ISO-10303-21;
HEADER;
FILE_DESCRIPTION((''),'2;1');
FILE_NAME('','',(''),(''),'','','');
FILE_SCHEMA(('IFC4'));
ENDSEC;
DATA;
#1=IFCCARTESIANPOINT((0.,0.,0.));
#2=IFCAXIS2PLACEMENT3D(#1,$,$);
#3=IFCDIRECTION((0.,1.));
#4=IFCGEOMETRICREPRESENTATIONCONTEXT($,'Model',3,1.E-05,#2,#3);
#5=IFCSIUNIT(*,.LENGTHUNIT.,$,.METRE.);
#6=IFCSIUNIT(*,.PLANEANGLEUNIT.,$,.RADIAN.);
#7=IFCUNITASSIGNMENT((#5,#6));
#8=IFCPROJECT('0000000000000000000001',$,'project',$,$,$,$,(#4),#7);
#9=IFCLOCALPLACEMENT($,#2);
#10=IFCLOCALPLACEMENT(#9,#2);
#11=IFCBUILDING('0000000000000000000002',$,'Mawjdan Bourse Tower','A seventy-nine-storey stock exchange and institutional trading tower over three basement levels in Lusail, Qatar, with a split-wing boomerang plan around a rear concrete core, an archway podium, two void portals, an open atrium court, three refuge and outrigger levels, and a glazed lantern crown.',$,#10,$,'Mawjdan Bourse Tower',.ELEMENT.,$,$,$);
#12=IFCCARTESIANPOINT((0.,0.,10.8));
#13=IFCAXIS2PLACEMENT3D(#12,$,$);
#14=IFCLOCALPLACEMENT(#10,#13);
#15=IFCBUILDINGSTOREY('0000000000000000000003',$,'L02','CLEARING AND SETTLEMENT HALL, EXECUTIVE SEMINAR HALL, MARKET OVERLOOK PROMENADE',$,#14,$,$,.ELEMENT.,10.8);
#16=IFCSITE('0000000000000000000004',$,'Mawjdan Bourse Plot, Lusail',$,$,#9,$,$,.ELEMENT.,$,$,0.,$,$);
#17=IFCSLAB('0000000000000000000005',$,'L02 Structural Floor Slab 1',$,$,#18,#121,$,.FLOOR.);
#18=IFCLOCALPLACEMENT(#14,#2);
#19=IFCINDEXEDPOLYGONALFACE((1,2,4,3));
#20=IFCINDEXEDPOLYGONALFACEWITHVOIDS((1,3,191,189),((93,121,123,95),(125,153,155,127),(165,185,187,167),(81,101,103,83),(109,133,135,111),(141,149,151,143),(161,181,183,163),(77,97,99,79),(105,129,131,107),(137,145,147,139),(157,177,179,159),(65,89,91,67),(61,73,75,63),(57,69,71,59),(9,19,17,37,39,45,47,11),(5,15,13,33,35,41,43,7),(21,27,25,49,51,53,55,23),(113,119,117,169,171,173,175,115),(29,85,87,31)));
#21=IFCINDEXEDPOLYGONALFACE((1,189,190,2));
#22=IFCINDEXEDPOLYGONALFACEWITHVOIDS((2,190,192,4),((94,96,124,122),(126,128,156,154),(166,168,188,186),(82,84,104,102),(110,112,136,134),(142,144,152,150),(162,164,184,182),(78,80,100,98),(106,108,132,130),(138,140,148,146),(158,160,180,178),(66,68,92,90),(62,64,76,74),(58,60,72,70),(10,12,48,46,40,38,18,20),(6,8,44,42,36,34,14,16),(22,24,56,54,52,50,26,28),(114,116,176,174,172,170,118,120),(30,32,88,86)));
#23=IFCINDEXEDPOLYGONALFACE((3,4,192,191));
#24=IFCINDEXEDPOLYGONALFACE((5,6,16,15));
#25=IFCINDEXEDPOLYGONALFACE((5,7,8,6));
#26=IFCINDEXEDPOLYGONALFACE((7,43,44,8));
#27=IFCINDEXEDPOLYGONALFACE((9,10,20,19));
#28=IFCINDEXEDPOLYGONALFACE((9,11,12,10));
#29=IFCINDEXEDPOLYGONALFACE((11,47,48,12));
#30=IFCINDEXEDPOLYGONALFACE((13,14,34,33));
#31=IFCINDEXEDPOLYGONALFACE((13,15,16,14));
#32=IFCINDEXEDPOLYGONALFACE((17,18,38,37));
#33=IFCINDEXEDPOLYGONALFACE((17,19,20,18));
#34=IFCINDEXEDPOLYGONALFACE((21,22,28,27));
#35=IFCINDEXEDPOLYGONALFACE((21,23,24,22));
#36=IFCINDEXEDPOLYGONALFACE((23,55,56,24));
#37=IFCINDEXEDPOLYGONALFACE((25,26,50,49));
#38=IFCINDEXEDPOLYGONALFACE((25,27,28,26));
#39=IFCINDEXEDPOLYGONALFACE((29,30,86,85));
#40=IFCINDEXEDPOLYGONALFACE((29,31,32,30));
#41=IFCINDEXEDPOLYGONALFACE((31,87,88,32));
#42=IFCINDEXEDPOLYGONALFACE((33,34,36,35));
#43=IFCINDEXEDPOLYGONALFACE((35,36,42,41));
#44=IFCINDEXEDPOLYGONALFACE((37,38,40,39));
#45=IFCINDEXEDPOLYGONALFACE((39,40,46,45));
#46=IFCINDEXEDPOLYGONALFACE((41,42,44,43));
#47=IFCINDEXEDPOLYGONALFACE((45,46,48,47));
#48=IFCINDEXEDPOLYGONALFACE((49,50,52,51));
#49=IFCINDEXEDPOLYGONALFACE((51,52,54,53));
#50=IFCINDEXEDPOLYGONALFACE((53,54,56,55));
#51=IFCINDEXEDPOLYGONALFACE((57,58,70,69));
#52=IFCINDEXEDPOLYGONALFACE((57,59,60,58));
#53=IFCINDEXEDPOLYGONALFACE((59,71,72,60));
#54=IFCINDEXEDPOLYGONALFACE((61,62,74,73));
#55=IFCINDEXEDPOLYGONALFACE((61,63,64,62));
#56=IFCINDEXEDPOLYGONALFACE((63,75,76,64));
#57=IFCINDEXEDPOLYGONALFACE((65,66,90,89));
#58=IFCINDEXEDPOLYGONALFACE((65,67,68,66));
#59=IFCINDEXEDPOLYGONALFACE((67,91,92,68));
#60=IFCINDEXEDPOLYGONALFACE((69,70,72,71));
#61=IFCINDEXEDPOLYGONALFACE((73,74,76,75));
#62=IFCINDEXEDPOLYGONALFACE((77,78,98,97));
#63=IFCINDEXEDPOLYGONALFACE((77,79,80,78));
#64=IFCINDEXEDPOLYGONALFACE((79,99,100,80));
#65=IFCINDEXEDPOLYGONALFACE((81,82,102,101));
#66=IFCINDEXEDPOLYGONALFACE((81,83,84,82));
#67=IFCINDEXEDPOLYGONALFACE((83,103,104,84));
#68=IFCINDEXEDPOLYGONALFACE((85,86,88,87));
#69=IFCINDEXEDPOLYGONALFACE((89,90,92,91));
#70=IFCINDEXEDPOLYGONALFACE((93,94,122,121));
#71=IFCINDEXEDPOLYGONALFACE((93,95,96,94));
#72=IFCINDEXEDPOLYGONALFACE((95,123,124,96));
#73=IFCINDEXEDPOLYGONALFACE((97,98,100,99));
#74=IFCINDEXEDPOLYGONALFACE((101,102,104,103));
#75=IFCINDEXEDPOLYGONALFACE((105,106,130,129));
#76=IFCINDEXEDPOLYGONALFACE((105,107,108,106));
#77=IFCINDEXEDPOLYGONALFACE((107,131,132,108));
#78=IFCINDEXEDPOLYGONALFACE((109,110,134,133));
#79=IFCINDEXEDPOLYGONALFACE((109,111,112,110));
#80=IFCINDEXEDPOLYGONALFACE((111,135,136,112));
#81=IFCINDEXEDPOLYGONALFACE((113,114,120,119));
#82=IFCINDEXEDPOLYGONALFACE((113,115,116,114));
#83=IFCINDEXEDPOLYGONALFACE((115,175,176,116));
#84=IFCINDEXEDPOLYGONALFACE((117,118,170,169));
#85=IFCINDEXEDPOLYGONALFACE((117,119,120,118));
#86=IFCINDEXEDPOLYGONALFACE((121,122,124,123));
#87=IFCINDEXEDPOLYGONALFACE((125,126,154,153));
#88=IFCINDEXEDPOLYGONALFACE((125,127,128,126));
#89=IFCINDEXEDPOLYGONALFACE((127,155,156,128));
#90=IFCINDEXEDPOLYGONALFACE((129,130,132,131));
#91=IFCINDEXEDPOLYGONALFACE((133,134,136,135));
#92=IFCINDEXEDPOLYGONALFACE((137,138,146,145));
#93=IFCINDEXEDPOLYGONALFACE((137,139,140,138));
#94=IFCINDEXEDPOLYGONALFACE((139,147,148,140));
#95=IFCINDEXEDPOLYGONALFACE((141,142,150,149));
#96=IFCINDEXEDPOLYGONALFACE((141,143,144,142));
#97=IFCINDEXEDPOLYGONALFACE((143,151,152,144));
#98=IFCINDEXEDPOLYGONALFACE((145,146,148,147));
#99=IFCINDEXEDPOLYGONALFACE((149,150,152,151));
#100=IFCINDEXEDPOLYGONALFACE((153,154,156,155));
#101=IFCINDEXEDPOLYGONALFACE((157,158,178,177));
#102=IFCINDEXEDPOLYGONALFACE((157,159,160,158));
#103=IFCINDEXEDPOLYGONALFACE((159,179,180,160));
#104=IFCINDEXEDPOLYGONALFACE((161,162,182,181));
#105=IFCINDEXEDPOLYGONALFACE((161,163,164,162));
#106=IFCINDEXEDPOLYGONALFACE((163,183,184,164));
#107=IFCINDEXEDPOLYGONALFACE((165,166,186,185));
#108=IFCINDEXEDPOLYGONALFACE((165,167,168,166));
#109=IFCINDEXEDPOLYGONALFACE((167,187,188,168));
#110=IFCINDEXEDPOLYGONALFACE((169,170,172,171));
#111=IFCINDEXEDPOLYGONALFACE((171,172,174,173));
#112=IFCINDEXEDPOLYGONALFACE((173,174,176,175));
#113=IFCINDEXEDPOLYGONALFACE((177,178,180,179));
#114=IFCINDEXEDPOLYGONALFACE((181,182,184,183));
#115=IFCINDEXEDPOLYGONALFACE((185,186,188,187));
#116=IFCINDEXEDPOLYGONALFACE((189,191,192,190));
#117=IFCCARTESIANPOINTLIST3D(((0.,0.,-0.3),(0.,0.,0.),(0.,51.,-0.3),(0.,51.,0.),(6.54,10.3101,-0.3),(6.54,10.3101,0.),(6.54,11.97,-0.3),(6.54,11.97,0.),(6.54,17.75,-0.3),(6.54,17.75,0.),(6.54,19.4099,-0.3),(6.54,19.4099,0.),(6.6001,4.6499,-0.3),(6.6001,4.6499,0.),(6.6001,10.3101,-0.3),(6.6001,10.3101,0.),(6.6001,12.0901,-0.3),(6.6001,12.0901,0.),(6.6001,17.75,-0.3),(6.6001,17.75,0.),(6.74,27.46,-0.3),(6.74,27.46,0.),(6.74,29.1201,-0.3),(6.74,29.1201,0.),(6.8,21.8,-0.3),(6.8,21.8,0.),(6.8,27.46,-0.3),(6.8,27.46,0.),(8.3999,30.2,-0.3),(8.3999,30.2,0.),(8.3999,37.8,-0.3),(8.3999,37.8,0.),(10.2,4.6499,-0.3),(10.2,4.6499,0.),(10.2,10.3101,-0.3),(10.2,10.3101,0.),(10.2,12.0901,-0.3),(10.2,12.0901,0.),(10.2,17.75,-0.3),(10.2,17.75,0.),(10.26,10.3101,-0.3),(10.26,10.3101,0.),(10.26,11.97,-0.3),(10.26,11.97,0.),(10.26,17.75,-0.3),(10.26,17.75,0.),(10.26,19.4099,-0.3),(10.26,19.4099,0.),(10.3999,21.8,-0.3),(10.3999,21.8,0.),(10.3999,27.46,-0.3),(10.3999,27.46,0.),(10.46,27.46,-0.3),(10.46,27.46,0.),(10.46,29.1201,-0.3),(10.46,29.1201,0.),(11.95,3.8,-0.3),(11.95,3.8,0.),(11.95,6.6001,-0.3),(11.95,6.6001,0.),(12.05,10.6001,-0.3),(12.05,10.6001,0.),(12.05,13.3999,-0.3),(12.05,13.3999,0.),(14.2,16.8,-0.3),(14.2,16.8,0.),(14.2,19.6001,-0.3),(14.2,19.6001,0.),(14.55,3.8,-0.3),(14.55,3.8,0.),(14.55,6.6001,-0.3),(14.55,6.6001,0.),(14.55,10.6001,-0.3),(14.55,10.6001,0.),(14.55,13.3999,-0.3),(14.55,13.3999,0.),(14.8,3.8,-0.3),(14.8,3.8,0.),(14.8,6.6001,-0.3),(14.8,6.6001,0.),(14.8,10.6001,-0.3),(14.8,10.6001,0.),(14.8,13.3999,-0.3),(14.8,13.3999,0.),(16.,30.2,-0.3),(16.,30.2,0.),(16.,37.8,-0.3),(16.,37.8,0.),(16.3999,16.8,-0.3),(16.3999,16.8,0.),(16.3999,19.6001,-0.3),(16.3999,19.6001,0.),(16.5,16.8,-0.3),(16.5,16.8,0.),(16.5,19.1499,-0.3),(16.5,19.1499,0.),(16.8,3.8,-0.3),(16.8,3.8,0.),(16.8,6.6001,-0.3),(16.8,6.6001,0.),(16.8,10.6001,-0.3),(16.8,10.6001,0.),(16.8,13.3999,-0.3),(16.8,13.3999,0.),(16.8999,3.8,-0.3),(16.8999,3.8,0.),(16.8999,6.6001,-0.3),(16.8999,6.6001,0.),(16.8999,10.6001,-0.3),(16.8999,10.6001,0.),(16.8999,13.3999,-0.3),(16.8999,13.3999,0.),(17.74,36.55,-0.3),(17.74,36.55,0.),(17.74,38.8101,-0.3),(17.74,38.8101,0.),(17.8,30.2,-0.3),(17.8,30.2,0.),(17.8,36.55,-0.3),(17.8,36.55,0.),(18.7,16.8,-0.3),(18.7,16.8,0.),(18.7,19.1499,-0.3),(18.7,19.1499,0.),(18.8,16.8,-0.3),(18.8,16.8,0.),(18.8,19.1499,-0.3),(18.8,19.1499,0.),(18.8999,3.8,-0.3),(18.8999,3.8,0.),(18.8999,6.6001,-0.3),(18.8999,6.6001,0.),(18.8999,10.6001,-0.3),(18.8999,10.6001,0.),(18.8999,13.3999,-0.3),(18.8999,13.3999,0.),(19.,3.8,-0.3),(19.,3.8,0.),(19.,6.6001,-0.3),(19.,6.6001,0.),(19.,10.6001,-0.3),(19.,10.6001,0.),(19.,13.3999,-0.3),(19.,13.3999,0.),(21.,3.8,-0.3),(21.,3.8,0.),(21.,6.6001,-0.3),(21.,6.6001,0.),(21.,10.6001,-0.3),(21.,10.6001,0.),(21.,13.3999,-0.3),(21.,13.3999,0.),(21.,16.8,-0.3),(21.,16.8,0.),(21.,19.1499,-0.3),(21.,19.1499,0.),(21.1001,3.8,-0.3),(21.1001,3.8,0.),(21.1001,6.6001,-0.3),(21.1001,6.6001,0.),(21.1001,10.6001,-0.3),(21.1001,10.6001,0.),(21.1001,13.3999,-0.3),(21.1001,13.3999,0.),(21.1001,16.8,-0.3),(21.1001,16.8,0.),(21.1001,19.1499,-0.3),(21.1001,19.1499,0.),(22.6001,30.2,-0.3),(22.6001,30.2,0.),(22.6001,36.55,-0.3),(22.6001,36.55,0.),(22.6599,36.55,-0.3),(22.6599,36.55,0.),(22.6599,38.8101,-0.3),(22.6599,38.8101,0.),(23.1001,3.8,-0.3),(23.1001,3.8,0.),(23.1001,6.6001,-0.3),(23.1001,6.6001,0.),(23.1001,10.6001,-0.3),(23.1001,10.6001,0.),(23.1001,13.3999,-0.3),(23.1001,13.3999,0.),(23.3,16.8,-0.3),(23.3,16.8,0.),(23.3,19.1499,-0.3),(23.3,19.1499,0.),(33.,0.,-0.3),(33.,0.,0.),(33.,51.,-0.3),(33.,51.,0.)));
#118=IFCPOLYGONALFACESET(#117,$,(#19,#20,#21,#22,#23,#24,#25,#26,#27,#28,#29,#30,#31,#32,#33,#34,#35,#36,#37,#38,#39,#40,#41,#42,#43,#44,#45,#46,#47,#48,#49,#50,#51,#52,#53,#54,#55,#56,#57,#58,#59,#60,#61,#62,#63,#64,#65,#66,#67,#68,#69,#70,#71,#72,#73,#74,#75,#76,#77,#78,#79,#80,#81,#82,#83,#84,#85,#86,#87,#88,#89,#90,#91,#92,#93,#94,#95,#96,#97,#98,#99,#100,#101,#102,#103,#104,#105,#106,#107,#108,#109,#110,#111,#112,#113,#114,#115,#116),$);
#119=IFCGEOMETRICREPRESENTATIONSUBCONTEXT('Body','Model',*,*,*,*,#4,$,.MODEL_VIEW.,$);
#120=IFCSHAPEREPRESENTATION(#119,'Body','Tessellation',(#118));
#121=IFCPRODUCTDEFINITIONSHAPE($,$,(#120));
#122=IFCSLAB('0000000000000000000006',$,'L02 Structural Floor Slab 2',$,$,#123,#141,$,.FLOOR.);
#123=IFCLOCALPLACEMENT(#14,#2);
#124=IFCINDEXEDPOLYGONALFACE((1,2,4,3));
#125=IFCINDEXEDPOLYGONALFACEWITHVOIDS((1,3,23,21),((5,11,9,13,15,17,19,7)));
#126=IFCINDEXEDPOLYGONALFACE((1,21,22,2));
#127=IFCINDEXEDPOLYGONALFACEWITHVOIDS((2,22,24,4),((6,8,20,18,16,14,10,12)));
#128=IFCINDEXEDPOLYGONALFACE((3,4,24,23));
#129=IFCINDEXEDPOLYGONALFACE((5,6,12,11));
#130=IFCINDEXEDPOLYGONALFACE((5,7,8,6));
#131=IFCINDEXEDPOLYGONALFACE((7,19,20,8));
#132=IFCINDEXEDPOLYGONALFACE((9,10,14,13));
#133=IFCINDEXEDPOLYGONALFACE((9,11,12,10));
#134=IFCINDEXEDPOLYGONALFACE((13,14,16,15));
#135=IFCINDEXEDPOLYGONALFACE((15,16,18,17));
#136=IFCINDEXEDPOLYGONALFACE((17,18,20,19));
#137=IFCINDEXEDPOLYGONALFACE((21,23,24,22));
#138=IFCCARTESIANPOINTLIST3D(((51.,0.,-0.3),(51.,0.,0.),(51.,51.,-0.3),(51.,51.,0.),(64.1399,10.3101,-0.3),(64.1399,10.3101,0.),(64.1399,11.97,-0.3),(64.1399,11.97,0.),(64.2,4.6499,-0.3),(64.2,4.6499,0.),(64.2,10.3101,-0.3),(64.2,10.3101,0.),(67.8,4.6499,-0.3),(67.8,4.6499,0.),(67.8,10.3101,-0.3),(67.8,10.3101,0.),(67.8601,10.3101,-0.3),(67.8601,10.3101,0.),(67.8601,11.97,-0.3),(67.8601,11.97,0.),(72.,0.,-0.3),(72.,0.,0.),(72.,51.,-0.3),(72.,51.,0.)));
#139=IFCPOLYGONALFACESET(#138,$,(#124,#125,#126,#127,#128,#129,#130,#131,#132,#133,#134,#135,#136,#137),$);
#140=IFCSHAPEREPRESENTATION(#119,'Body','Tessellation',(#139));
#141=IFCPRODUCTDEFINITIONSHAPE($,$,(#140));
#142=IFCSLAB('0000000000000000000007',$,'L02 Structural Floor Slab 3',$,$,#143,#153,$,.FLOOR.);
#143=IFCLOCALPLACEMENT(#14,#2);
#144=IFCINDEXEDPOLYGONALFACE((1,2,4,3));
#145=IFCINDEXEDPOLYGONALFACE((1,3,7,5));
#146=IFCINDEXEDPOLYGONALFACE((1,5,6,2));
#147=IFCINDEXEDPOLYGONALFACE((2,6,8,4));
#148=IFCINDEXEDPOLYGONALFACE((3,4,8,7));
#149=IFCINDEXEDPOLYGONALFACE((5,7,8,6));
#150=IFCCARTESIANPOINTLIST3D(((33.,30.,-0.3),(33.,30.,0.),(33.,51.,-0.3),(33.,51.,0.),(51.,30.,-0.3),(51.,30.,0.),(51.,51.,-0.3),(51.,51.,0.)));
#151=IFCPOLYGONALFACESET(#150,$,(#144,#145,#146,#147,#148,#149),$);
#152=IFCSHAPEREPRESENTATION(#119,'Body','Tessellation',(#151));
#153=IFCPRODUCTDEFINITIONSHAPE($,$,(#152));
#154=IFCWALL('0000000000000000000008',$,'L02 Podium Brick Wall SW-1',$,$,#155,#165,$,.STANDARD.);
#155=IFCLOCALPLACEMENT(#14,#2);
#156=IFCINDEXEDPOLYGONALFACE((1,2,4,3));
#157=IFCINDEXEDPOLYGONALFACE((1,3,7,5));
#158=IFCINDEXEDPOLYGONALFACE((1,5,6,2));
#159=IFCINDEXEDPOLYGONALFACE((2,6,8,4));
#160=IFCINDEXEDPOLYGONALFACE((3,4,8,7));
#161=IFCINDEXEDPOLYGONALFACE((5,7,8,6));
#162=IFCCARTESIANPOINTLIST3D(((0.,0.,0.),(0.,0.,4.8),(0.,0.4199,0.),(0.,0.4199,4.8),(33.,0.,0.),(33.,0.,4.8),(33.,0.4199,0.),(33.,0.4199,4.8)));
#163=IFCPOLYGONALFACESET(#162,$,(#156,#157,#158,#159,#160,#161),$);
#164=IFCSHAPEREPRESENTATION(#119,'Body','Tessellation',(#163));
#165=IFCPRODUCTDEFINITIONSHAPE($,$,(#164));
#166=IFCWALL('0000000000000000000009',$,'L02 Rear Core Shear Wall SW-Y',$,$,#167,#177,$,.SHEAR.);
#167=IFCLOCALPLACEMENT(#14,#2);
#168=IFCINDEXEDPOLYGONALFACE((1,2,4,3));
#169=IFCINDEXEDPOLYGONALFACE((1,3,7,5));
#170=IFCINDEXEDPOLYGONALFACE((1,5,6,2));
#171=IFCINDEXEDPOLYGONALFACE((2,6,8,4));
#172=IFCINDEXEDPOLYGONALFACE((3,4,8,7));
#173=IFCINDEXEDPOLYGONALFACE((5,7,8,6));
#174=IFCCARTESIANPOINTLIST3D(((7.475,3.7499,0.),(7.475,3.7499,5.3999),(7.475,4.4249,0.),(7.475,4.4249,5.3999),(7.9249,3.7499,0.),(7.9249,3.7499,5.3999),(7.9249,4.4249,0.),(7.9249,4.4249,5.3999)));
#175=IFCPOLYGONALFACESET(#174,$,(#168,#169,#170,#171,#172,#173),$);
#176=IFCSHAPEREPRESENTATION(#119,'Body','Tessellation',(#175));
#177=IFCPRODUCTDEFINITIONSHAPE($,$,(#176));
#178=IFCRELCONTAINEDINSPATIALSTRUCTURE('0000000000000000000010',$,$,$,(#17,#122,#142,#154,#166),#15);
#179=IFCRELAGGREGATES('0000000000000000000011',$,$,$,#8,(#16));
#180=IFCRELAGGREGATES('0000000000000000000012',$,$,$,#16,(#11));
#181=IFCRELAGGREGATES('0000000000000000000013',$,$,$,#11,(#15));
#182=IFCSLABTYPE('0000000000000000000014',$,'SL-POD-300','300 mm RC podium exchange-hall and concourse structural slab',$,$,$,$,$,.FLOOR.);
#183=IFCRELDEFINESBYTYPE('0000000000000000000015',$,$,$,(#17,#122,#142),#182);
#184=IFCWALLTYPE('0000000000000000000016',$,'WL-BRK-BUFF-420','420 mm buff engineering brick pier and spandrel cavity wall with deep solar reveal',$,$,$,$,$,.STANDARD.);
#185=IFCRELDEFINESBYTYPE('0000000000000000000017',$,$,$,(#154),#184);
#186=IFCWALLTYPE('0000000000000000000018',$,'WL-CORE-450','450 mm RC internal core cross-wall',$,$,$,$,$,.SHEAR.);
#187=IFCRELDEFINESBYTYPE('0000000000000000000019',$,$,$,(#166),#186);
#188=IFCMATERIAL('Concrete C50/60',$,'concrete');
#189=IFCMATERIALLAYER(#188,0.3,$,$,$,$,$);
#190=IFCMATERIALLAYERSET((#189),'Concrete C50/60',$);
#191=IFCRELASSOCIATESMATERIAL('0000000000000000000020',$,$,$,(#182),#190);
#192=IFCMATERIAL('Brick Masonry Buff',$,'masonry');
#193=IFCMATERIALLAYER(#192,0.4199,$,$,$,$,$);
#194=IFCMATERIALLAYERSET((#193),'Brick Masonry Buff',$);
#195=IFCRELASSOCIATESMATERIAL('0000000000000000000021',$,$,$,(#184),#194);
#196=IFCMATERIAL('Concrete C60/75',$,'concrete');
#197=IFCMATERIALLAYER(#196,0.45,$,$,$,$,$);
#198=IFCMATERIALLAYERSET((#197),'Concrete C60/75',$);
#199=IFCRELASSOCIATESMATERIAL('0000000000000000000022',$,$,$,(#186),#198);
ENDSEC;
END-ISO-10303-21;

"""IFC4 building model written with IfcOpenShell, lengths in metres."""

from ifc_helpers import new_model, si_unit, direction, frame, frame_2d, origin, place, context, subcontext, project, spatial, polyline, rectangle, outline, extrude, material, layer, layer_set, type_object, element, save


model = new_model("IFC4")

# Units and contexts
model_context = context("Model", 3, precision=1e-05, world=origin(), true_north=direction((0.0, 1.0)))
body_context = subcontext(model_context, "Body", "Model", "MODEL_VIEW")
ifc_project = project(units=[si_unit("LENGTHUNIT", "METRE"), si_unit("PLANEANGLEUNIT", "RADIAN")], contexts=[model_context])

# Site, building, storey
site_placement = place(None, origin())
site = spatial("IfcSite", under=ifc_project, at=site_placement, Name="Mawjdan Bourse Plot, Lusail", CompositionType="ELEMENT", RefElevation=0.0)
building_placement = place(site_placement, origin())
building = spatial("IfcBuilding", under=site, at=building_placement, Name="Mawjdan Bourse Tower", Description="A seventy-nine-storey stock exchange and institutional trading tower over three basement levels in Lusail, Qatar, with a split-wing boomerang plan around a rear concrete core, an archway podium, two void portals, an open atrium court, three refuge and outrigger levels, and a glazed lantern crown.", LongName="Mawjdan Bourse Tower", CompositionType="ELEMENT")
storey_placement = place(building_placement, frame((0.0, 0.0, 10.8)))
storey = spatial("IfcBuildingStorey", under=building, at=storey_placement, Name="L02", Description="CLEARING AND SETTLEMENT HALL, EXECUTIVE SEMINAR HALL, MARKET OVERLOOK PROMENADE", CompositionType="ELEMENT", Elevation=10.8)

# Shared definitions
ifc_material_1 = material(Name="Concrete C50/60", Category="concrete")

# Slabs
ifc_layer_1 = layer(ifc_material_1, 0.3)
ifc_layer_set_1 = layer_set([ifc_layer_1], Name="Concrete C50/60")
slab_type_1 = type_object("IfcSlabType", Name="SL-POD-300", Description="300 mm RC podium exchange-hall and concourse structural slab", PredefinedType="FLOOR", material=ifc_layer_set_1)
slab_1_placement = place(storey_placement, frame((0.0, 0.0, -0.3)))
element("IfcSlab", 1, at=slab_1_placement, inside=storey, type_object=slab_type_1, Name="L02 Structural Floor Slab 1", PredefinedType="FLOOR", context=body_context, shape_type="SweptSolid", body=[
    extrude(outline(polyline([(0.0, 0.0), (33.0, 0.0), (33.0, 51.0), (0.0, 51.0), (0.0, 0.0)]), holes=[polyline([(11.95, 3.8), (11.95, 6.6001), (14.55, 6.6001), (14.55, 3.8), (11.95, 3.8)]), polyline([(14.8, 3.8), (14.8, 6.6001), (16.8, 6.6001), (16.8, 3.8), (14.8, 3.8)]), polyline([(10.26, 11.97), (10.26, 10.3101), (10.2, 10.3101), (10.2, 4.6499), (6.6001, 4.6499), (6.6001, 10.3101), (6.54, 10.3101), (6.54, 11.97), (10.26, 11.97)]), polyline([(12.05, 13.3999), (14.55, 13.3999), (14.55, 10.6001), (12.05, 10.6001), (12.05, 13.3999)]), polyline([(14.8, 10.6001), (14.8, 13.3999), (16.8, 13.3999), (16.8, 10.6001), (14.8, 10.6001)]), polyline([(6.6001, 17.75), (6.54, 17.75), (6.54, 19.4099), (10.26, 19.4099), (10.26, 17.75), (10.2, 17.75), (10.2, 12.0901), (6.6001, 12.0901), (6.6001, 17.75)]), polyline([(14.2, 19.6001), (16.3999, 19.6001), (16.3999, 16.8), (14.2, 16.8), (14.2, 19.6001)]), polyline([(10.46, 27.46), (10.3999, 27.46), (10.3999, 21.8), (6.8, 21.8), (6.8, 27.46), (6.74, 27.46), (6.74, 29.1201), (10.46, 29.1201), (10.46, 27.46)]), polyline([(8.3999, 30.2), (8.3999, 37.8), (16.0, 37.8), (16.0, 30.2), (8.3999, 30.2)]), polyline([(16.8999, 6.6001), (18.8999, 6.6001), (18.8999, 3.8), (16.8999, 3.8), (16.8999, 6.6001)]), polyline([(19.0, 6.6001), (21.0, 6.6001), (21.0, 3.8), (19.0, 3.8), (19.0, 6.6001)]), polyline([(21.1001, 3.8), (21.1001, 6.6001), (23.1001, 6.6001), (23.1001, 3.8), (21.1001, 3.8)]), polyline([(16.8999, 13.3999), (18.8999, 13.3999), (18.8999, 10.6001), (16.8999, 10.6001), (16.8999, 13.3999)]), polyline([(19.0, 13.3999), (21.0, 13.3999), (21.0, 10.6001), (19.0, 10.6001), (19.0, 13.3999)]), polyline([(21.1001, 10.6001), (21.1001, 13.3999), (23.1001, 13.3999), (23.1001, 10.6001), (21.1001, 10.6001)]), polyline([(16.5, 19.1499), (18.7, 19.1499), (18.7, 16.8), (16.5, 16.8), (16.5, 19.1499)]), polyline([(18.8, 19.1499), (21.0, 19.1499), (21.0, 16.8), (18.8, 16.8), (18.8, 19.1499)]), polyline([(21.1001, 16.8), (21.1001, 19.1499), (23.3, 19.1499), (23.3, 16.8), (21.1001, 16.8)]), polyline([(22.6599, 36.55), (22.6001, 36.55), (22.6001, 30.2), (17.8, 30.2), (17.8, 36.55), (17.74, 36.55), (17.74, 38.8101), (22.6599, 38.8101), (22.6599, 36.55)])]), origin(), (0.0, 0.0, 1.0), 0.3),
])
slab_2_placement = place(storey_placement, frame((0.0, 0.0, -0.3)))
element("IfcSlab", 2, at=slab_2_placement, inside=storey, type_object=slab_type_1, Name="L02 Structural Floor Slab 2", PredefinedType="FLOOR", context=body_context, shape_type="SweptSolid", body=[
    extrude(outline(polyline([(51.0, 0.0), (72.0, 0.0), (72.0, 51.0), (51.0, 51.0), (51.0, 0.0)]), holes=[polyline([(64.2, 10.3101), (64.1399, 10.3101), (64.1399, 11.97), (67.8601, 11.97), (67.8601, 10.3101), (67.8, 10.3101), (67.8, 4.6499), (64.2, 4.6499), (64.2, 10.3101)])]), origin(), (0.0, 0.0, 1.0), 0.3),
])
slab_3_placement = place(storey_placement, frame((0.0, 0.0, -0.3)))
element("IfcSlab", 3, at=slab_3_placement, inside=storey, type_object=slab_type_1, Name="L02 Structural Floor Slab 3", PredefinedType="FLOOR", context=body_context, shape_type="SweptSolid", body=[
    extrude(outline(polyline([(33.0, 30.0), (51.0, 30.0), (51.0, 51.0), (33.0, 51.0), (33.0, 30.0)])), origin(), (0.0, 0.0, 1.0), 0.3),
])

# Wall
ifc_material_2 = material(Name="Brick Masonry Buff", Category="masonry")
ifc_layer_2 = layer(ifc_material_2, 0.4199)
ifc_layer_set_2 = layer_set([ifc_layer_2], Name="Brick Masonry Buff")
wall_type_1 = type_object("IfcWallType", Name="WL-BRK-BUFF-420", Description="420 mm buff engineering brick pier and spandrel cavity wall with deep solar reveal", PredefinedType="STANDARD", material=ifc_layer_set_2)
wall_1_placement = place(storey_placement, frame((0.0, 0.21, 0.0), z_axis=(0.0, 0.0, 1.0), x_axis=(1.0, 0.0, 0.0)))
element("IfcWall", 4, at=wall_1_placement, inside=storey, type_object=wall_type_1, Name="L02 Podium Brick Wall SW-1", PredefinedType="STANDARD", context=body_context, shape_type="SweptSolid", body=[
    extrude(rectangle(XDim=33.0, YDim=0.4199, at=frame_2d((16.5, 0.0))), origin(), (0.0, 0.0, 1.0), 4.8),
])

# Wall
ifc_material_3 = material(Name="Concrete C60/75", Category="concrete")
ifc_layer_3 = layer(ifc_material_3, 0.45)
ifc_layer_set_3 = layer_set([ifc_layer_3], Name="Concrete C60/75")
wall_type_2 = type_object("IfcWallType", Name="WL-CORE-450", Description="450 mm RC internal core cross-wall", PredefinedType="SHEAR", material=ifc_layer_set_3)
wall_2_placement = place(storey_placement, frame((7.7, 3.75, 0.0), z_axis=(0.0, 0.0, 1.0), x_axis=(0.0, 1.0, 0.0)))
element("IfcWall", 5, at=wall_2_placement, inside=storey, type_object=wall_type_2, Name="L02 Rear Core Shear Wall SW-Y", PredefinedType="SHEAR", context=body_context, shape_type="SweptSolid", body=[
    extrude(rectangle(XDim=0.675, YDim=0.45, at=frame_2d((0.3374, 0.0))), origin(), (0.0, 0.0, 1.0), 5.3999),
])

save(model, "model.ifc")
